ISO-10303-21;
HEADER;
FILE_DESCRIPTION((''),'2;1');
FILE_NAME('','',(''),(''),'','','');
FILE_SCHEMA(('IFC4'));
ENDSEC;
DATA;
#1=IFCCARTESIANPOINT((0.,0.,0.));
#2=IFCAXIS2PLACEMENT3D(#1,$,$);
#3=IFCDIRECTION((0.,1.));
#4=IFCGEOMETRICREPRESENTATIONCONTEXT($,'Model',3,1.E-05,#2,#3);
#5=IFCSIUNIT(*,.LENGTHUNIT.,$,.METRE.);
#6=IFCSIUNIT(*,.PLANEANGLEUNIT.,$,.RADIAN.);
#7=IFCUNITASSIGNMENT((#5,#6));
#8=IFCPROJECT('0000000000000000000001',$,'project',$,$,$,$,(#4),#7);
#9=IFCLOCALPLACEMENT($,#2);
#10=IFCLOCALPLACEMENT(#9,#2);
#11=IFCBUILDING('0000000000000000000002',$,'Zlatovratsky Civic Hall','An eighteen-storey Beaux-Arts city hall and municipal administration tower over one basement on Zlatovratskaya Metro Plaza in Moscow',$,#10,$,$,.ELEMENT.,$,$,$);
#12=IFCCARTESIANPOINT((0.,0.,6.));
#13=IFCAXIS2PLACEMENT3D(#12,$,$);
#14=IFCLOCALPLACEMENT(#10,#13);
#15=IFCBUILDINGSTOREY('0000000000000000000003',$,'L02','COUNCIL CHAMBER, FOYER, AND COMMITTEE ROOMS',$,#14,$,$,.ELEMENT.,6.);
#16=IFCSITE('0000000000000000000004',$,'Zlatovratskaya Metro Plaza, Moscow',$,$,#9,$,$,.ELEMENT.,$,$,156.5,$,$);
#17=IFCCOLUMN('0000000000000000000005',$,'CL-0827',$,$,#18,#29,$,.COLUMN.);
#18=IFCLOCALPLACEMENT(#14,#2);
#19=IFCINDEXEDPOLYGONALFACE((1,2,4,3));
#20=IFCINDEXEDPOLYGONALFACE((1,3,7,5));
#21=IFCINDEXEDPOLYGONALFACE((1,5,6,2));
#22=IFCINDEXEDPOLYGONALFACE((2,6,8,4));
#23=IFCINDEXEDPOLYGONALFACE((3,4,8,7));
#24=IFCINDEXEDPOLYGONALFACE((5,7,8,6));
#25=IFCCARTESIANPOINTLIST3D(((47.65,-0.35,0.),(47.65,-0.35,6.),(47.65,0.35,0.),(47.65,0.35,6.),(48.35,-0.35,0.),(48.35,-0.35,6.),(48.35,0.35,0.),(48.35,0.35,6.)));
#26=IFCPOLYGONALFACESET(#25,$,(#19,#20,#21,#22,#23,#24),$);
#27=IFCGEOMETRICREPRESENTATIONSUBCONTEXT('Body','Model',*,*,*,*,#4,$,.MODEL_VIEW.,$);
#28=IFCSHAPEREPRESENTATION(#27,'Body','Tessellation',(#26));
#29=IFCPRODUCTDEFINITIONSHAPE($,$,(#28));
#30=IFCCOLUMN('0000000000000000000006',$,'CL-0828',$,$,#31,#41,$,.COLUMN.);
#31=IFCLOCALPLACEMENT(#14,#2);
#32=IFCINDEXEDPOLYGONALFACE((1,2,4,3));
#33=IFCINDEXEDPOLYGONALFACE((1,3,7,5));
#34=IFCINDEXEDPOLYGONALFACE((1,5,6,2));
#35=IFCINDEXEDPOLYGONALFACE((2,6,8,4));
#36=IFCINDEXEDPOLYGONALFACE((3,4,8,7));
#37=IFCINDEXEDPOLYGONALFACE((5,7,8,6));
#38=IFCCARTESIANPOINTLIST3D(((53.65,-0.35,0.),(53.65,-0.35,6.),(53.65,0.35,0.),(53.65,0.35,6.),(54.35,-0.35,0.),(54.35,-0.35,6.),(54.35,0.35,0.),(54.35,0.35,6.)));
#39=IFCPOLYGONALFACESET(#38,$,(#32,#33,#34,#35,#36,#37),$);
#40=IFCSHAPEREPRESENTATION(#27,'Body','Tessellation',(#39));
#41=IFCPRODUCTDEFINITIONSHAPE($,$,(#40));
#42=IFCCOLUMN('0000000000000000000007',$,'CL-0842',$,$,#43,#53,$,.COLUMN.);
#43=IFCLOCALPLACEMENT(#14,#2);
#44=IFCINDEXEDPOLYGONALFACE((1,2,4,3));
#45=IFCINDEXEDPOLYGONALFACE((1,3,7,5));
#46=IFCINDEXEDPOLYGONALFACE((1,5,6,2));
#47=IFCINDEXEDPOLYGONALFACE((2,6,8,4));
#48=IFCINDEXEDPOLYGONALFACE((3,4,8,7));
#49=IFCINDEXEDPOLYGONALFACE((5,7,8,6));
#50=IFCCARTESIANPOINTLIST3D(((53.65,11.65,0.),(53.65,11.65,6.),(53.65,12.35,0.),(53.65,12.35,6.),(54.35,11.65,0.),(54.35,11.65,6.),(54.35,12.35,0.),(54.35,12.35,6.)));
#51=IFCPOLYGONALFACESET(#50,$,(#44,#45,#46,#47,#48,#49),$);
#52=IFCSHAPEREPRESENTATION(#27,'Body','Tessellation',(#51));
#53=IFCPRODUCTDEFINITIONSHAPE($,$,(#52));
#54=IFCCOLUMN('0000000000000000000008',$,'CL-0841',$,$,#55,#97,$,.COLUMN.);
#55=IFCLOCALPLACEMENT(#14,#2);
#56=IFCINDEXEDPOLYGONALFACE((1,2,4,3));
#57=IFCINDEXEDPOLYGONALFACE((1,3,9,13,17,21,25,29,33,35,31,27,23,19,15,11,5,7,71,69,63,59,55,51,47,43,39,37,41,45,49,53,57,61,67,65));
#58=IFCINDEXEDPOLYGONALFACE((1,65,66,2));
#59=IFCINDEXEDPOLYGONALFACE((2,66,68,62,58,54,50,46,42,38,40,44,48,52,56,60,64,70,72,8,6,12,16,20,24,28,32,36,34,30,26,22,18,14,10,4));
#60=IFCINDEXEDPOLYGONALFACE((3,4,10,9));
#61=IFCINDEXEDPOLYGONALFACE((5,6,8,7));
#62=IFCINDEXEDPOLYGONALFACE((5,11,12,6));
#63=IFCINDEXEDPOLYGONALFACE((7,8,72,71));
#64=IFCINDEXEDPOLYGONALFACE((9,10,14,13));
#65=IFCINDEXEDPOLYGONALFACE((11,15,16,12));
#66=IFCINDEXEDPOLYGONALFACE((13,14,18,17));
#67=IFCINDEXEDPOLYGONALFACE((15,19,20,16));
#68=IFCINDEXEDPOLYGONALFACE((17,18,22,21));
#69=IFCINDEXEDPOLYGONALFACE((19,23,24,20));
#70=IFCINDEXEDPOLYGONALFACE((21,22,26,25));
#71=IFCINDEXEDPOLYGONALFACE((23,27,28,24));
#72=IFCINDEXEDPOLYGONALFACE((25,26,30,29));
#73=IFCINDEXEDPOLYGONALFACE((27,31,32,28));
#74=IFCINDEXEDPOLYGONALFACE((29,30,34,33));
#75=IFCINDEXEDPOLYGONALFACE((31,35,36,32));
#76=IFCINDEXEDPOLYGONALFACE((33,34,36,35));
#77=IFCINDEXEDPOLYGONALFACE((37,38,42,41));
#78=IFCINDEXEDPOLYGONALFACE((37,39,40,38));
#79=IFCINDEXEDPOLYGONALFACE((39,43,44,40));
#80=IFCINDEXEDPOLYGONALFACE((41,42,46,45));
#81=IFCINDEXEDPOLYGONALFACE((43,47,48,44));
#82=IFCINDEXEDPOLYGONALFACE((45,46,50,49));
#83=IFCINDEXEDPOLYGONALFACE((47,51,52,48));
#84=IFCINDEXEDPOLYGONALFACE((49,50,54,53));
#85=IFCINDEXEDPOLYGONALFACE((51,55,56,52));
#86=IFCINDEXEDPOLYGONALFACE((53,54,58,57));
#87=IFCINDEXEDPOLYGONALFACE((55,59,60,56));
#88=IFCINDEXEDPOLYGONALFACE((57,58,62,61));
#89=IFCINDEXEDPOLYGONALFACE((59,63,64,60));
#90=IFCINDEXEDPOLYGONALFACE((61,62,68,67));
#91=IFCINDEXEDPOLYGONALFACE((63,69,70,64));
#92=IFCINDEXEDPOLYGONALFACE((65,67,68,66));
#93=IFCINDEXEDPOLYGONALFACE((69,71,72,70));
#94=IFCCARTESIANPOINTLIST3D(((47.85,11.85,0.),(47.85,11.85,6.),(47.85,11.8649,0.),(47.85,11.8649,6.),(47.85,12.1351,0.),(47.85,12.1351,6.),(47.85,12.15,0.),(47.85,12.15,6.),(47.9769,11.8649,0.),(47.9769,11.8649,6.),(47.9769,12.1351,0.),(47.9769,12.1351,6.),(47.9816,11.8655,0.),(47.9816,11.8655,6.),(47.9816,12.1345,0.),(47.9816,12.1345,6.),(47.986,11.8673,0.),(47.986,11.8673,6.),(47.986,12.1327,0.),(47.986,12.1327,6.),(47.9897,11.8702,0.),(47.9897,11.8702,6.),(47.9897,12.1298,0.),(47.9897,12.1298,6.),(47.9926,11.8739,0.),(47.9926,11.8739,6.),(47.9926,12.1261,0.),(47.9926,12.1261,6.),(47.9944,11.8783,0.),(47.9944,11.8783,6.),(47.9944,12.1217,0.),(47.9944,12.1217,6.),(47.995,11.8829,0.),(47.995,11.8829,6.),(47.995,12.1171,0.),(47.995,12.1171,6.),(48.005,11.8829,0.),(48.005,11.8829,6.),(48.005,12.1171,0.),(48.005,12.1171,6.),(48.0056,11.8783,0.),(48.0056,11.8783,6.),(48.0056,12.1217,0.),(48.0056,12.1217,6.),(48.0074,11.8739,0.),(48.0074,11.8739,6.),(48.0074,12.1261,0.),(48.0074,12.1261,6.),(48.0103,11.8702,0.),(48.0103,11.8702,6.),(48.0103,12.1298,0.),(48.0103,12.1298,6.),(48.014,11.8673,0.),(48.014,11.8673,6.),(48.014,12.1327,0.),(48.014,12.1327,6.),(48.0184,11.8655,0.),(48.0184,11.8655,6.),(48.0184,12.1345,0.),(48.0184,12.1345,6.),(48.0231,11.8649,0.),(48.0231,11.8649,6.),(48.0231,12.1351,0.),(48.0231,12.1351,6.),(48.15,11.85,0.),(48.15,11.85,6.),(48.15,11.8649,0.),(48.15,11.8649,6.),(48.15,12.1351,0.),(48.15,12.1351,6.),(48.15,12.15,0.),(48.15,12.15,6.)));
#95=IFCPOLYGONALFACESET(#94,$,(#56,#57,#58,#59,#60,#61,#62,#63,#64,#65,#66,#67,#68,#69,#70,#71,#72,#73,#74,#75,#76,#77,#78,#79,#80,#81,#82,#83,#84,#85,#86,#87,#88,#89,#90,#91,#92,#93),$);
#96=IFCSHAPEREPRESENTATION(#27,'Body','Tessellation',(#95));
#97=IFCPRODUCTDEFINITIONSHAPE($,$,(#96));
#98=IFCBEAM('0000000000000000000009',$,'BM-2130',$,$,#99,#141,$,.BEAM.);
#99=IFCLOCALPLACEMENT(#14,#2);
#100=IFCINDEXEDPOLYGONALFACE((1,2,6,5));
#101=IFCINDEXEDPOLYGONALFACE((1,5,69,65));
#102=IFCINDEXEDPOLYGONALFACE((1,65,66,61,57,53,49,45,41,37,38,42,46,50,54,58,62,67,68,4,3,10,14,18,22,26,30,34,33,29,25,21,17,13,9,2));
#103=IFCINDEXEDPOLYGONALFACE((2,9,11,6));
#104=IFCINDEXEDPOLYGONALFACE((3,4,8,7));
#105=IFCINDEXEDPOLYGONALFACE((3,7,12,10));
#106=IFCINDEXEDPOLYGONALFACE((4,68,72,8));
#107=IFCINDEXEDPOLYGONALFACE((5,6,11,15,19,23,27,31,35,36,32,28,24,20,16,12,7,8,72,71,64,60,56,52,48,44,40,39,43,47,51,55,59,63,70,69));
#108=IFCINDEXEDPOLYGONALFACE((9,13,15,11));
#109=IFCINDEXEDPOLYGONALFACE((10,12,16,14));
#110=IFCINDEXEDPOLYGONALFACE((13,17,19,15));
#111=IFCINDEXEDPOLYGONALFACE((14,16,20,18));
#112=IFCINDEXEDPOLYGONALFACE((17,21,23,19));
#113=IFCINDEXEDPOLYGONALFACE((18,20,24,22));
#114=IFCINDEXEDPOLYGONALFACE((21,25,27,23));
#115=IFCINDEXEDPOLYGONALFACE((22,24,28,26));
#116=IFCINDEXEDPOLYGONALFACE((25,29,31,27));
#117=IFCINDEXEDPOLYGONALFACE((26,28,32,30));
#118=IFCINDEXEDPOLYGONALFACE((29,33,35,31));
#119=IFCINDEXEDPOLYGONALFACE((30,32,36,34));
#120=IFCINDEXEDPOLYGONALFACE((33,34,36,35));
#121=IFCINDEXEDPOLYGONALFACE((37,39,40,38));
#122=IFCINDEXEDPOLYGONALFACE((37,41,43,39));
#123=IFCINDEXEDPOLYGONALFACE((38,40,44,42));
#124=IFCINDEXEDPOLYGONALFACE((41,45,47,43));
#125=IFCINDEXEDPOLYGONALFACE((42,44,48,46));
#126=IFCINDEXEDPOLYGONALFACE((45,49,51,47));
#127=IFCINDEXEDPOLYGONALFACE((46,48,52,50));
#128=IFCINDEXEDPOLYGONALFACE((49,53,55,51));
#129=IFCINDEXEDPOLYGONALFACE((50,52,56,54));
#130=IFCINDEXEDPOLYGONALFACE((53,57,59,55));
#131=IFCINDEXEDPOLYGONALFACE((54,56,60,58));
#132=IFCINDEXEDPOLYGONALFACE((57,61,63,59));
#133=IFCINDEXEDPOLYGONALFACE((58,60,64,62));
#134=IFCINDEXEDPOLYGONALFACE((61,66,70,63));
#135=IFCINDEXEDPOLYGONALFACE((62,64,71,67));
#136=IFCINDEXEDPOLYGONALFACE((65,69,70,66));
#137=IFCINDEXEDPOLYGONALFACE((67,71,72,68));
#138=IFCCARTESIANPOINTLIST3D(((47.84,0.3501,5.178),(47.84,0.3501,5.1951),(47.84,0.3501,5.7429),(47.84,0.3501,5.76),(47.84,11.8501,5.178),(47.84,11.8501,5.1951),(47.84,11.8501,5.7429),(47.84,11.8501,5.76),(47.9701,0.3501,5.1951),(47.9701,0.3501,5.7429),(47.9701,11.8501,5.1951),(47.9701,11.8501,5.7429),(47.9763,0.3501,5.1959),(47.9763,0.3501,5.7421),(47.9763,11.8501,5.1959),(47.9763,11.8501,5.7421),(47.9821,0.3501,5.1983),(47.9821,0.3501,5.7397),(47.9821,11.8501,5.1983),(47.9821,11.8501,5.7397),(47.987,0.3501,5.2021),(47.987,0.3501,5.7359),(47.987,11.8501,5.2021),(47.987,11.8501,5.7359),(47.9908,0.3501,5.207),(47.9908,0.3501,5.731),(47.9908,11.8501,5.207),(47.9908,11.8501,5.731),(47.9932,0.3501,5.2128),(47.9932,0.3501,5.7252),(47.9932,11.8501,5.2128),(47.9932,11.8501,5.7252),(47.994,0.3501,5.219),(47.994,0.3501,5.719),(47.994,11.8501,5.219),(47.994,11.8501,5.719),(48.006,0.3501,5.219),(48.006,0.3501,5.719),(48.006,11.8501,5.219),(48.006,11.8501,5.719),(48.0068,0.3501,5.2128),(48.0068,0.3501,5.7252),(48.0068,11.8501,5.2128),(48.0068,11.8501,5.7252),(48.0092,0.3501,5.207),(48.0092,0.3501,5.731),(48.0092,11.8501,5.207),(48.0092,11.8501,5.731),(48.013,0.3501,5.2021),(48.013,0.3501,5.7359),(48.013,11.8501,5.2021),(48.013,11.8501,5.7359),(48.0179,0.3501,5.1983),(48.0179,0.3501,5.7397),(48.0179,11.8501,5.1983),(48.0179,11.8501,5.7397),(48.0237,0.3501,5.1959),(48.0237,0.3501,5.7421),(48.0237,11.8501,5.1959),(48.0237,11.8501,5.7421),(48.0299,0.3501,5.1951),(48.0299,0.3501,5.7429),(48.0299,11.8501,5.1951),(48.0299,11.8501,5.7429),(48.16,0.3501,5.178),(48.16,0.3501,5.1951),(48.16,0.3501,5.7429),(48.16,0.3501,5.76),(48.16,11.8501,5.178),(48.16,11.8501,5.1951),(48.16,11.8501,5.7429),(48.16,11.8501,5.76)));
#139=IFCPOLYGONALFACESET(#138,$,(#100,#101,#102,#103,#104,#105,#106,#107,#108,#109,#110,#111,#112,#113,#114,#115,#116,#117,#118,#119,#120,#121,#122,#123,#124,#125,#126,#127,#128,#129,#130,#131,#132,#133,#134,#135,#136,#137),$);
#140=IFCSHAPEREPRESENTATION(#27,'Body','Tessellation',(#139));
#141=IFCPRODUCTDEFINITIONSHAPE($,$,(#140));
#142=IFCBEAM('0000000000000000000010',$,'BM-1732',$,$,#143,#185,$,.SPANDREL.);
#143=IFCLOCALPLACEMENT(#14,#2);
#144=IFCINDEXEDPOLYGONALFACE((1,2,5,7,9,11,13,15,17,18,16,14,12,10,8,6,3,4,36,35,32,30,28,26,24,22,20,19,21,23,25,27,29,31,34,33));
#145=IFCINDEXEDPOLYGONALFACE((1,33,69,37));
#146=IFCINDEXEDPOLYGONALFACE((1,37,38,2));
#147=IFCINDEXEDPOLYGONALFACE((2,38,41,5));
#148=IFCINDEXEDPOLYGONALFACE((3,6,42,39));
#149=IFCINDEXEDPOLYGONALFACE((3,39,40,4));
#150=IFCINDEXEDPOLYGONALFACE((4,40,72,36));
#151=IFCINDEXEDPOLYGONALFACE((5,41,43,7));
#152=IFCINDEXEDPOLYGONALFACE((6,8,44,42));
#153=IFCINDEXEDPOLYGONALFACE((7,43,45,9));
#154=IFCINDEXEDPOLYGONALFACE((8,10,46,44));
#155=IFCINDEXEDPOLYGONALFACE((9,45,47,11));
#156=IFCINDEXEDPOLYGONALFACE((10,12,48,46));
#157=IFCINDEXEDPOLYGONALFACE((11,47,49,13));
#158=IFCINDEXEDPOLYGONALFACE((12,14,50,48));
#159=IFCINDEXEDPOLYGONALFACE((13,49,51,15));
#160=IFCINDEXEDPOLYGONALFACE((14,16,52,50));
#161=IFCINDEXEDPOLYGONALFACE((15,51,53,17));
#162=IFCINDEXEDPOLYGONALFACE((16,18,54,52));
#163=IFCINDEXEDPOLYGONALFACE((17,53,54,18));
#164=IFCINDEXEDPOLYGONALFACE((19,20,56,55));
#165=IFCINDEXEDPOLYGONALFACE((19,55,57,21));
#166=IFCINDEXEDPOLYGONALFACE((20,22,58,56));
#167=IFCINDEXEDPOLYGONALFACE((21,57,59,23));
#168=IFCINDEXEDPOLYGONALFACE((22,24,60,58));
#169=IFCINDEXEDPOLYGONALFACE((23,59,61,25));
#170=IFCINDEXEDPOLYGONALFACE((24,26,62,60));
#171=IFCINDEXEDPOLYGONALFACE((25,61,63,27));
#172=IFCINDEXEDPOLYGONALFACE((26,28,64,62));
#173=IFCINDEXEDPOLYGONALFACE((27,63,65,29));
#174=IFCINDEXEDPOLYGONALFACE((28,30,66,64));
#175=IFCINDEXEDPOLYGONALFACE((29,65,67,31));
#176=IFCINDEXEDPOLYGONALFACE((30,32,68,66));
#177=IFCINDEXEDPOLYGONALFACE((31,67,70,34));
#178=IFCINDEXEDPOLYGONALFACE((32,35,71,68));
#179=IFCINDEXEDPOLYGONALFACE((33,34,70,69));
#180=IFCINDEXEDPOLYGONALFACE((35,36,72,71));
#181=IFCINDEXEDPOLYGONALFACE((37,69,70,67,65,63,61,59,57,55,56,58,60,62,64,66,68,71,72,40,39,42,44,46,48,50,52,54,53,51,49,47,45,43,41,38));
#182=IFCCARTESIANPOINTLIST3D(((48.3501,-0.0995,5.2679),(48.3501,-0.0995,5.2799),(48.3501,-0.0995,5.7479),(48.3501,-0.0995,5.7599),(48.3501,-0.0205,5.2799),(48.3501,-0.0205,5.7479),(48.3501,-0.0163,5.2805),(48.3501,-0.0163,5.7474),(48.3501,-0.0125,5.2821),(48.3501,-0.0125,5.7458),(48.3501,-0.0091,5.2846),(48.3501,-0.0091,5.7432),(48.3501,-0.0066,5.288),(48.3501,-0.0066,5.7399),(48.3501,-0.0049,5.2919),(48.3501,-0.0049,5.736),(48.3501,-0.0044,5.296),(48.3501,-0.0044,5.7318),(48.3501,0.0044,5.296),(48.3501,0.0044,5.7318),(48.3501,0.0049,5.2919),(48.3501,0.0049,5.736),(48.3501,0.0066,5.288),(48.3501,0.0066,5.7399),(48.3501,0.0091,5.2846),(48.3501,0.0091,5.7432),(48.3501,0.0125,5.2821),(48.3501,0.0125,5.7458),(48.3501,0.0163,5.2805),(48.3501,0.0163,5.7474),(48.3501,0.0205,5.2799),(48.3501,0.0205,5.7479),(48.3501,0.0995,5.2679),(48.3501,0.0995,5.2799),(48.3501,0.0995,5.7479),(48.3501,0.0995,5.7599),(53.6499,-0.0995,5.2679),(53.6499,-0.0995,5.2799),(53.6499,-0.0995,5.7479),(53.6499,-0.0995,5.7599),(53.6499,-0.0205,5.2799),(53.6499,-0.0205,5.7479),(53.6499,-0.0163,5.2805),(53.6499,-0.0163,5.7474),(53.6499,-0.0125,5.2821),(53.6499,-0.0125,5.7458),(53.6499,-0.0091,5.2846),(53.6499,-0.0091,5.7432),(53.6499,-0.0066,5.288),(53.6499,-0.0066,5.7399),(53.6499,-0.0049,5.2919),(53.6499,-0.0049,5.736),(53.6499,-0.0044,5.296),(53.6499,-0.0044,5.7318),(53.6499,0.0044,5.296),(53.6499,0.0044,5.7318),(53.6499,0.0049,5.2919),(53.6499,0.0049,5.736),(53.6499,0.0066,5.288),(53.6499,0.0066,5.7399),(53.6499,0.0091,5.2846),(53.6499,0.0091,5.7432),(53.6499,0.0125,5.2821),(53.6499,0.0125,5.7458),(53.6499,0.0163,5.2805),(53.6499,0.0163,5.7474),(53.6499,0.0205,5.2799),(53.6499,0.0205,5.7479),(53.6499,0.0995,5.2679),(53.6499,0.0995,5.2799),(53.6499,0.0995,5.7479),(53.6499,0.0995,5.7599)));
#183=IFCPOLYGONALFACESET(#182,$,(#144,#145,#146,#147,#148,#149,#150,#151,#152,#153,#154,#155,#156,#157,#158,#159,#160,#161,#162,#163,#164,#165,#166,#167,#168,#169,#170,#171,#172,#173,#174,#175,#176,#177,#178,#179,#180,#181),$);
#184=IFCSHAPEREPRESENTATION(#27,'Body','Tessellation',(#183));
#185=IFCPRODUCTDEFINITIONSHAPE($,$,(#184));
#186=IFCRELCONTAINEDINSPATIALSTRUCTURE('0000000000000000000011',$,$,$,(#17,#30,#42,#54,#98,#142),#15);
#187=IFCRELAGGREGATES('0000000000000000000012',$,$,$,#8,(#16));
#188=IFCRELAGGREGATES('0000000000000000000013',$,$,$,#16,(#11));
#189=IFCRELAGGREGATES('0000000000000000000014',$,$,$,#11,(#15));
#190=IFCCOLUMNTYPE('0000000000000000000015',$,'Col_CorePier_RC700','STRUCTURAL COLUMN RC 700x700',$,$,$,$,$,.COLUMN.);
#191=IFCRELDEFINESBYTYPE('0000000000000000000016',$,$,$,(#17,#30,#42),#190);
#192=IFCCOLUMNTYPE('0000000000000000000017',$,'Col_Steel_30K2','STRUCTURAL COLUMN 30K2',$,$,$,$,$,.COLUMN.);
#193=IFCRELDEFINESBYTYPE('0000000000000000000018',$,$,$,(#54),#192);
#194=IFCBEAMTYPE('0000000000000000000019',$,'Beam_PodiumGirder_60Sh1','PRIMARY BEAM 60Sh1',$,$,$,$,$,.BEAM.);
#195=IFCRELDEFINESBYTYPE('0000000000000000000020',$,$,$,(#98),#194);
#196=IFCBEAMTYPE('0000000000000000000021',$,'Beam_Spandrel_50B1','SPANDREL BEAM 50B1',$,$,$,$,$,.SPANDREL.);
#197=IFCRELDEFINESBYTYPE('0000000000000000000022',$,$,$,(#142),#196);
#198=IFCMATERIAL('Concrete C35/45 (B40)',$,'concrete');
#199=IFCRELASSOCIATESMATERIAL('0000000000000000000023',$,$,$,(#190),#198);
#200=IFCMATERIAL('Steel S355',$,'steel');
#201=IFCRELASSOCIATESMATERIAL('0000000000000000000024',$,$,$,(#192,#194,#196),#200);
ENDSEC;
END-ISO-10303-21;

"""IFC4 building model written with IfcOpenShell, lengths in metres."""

from ifc_helpers import new_model, si_unit, direction, frame, origin, origin_2d, place, context, subcontext, project, spatial, rectangle, i_section, extrude, material, material_profile, profile_set, type_object, element, save


model = new_model("IFC4")

# Units and contexts
model_context = context("Model", 3, precision=1e-05, world=origin(), true_north=direction((0.0, 1.0)))
body_context = subcontext(model_context, "Body", "Model", "MODEL_VIEW")
ifc_project = project(units=[si_unit("LENGTHUNIT", "METRE"), si_unit("PLANEANGLEUNIT", "RADIAN")], contexts=[model_context])

# Site, building, storey
site_placement = place(None, origin())
site = spatial("IfcSite", under=ifc_project, at=site_placement, Name="Zlatovratskaya Metro Plaza, Moscow", CompositionType="ELEMENT", RefElevation=156.5)
building_placement = place(site_placement, origin())
building = spatial("IfcBuilding", under=site, at=building_placement, Name="Zlatovratsky Civic Hall", Description="An eighteen-storey Beaux-Arts city hall and municipal administration tower over one basement on Zlatovratskaya Metro Plaza in Moscow", CompositionType="ELEMENT")
storey_placement = place(building_placement, frame((0.0, 0.0, 6.0)))
storey = spatial("IfcBuildingStorey", under=building, at=storey_placement, Name="L02", Description="COUNCIL CHAMBER, FOYER, AND COMMITTEE ROOMS", CompositionType="ELEMENT", Elevation=6.0)

# Columns
ifc_material_1 = material(Name="Concrete C35/45 (B40)", Category="concrete")
ifc_material_profile_1 = material_profile(ifc_material_1, rectangle(XDim=0.7, YDim=0.7, at=origin_2d()), Name="RC 700x700")
ifc_profile_set_1 = profile_set([ifc_material_profile_1], Name="Concrete C35/45 (B40)")
column_type_1 = type_object("IfcColumnType", Name="Col_CorePier_RC700", Description="STRUCTURAL COLUMN RC 700x700", PredefinedType="COLUMN", material=ifc_profile_set_1)
for number, where, z_axis, x_axis, name in (
    (1, (48.0, 0.0, 0.0), (0.0, 0.0, 1.0), (1.0, 0.0, 0.0), "CL-0827"),
    (2, (54.0, 0.0, 0.0), (0.0, 0.0, 1.0), (1.0, 0.0, 0.0), "CL-0828"),
    (3, (54.0, 12.0, 0.0), (0.0, 0.0, 1.0), (1.0, 0.0, 0.0), "CL-0842"),
):
    element("IfcColumn", number, at=place(storey_placement, frame(where, z_axis=z_axis, x_axis=x_axis)), inside=storey, type_object=column_type_1, Name=name, PredefinedType="COLUMN", context=body_context, shape_type="SweptSolid", body=[
        extrude(rectangle(XDim=0.7, YDim=0.7, at=origin_2d()), origin(), (0.0, 0.0, 1.0), 6.0),
    ])
ifc_material_2 = material(Name="Steel S355", Category="steel")
ifc_material_profile_2 = material_profile(ifc_material_2, i_section(OverallWidth=0.3, OverallDepth=0.3, WebThickness=0.01, FlangeThickness=0.0149, FilletRadius=0.0181, at=origin_2d()), Name="30K2")
ifc_profile_set_2 = profile_set([ifc_material_profile_2], Name="Steel S355")
column_type_2 = type_object("IfcColumnType", Name="Col_Steel_30K2", Description="STRUCTURAL COLUMN 30K2", PredefinedType="COLUMN", material=ifc_profile_set_2)
column_placement = place(storey_placement, frame((48.0, 12.0, 0.0), z_axis=(0.0, 0.0, 1.0), x_axis=(1.0, 0.0, 0.0)))
element("IfcColumn", 4, at=column_placement, inside=storey, type_object=column_type_2, Name="CL-0841", PredefinedType="COLUMN", context=body_context, shape_type="SweptSolid", body=[
    extrude(i_section(OverallWidth=0.3, OverallDepth=0.3, WebThickness=0.01, FlangeThickness=0.0149, FilletRadius=0.0181, at=origin_2d()), origin(), (0.0, 0.0, 1.0), 6.0),
])

# Beams
ifc_material_profile_3 = material_profile(ifc_material_2, i_section(OverallWidth=0.3201, OverallDepth=0.582, WebThickness=0.012, FlangeThickness=0.0171, FilletRadius=0.0239, at=origin_2d()), Name="60Sh1")
ifc_profile_set_3 = profile_set([ifc_material_profile_3], Name="Steel S355")
beam_type_1 = type_object("IfcBeamType", Name="Beam_PodiumGirder_60Sh1", Description="PRIMARY BEAM 60Sh1", PredefinedType="BEAM", material=ifc_profile_set_3)
beam_1_placement = place(storey_placement, frame((48.0, 0.3501, 5.469), z_axis=(0.0, 1.0, 0.0), x_axis=(-1.0, 0.0, 0.0)))
element("IfcBeam", 5, at=beam_1_placement, inside=storey, type_object=beam_type_1, Name="BM-2130", PredefinedType="BEAM", context=body_context, shape_type="SweptSolid", body=[
    extrude(i_section(OverallWidth=0.3201, OverallDepth=0.582, WebThickness=0.012, FlangeThickness=0.0171, FilletRadius=0.0239, at=origin_2d()), origin(), (0.0, 0.0, 1.0), 11.5),
])
ifc_material_profile_4 = material_profile(ifc_material_2, i_section(OverallWidth=0.199, OverallDepth=0.4919, WebThickness=0.0088, FlangeThickness=0.012, FilletRadius=0.0161, at=origin_2d()), Name="50B1")
ifc_profile_set_4 = profile_set([ifc_material_profile_4], Name="Steel S355")
beam_type_2 = type_object("IfcBeamType", Name="Beam_Spandrel_50B1", Description="SPANDREL BEAM 50B1", PredefinedType="SPANDREL", material=ifc_profile_set_4)
beam_2_placement = place(storey_placement, frame((48.3501, 0.0, 5.5139), z_axis=(1.0, 0.0, 0.0), x_axis=(0.0, 1.0, 0.0)))
element("IfcBeam", 6, at=beam_2_placement, inside=storey, type_object=beam_type_2, Name="BM-1732", PredefinedType="SPANDREL", context=body_context, shape_type="SweptSolid", body=[
    extrude(i_section(OverallWidth=0.199, OverallDepth=0.4919, WebThickness=0.0088, FlangeThickness=0.012, FilletRadius=0.0161, at=origin_2d()), origin(), (0.0, 0.0, 1.0), 5.2998),
])

save(model, "model.ifc")
